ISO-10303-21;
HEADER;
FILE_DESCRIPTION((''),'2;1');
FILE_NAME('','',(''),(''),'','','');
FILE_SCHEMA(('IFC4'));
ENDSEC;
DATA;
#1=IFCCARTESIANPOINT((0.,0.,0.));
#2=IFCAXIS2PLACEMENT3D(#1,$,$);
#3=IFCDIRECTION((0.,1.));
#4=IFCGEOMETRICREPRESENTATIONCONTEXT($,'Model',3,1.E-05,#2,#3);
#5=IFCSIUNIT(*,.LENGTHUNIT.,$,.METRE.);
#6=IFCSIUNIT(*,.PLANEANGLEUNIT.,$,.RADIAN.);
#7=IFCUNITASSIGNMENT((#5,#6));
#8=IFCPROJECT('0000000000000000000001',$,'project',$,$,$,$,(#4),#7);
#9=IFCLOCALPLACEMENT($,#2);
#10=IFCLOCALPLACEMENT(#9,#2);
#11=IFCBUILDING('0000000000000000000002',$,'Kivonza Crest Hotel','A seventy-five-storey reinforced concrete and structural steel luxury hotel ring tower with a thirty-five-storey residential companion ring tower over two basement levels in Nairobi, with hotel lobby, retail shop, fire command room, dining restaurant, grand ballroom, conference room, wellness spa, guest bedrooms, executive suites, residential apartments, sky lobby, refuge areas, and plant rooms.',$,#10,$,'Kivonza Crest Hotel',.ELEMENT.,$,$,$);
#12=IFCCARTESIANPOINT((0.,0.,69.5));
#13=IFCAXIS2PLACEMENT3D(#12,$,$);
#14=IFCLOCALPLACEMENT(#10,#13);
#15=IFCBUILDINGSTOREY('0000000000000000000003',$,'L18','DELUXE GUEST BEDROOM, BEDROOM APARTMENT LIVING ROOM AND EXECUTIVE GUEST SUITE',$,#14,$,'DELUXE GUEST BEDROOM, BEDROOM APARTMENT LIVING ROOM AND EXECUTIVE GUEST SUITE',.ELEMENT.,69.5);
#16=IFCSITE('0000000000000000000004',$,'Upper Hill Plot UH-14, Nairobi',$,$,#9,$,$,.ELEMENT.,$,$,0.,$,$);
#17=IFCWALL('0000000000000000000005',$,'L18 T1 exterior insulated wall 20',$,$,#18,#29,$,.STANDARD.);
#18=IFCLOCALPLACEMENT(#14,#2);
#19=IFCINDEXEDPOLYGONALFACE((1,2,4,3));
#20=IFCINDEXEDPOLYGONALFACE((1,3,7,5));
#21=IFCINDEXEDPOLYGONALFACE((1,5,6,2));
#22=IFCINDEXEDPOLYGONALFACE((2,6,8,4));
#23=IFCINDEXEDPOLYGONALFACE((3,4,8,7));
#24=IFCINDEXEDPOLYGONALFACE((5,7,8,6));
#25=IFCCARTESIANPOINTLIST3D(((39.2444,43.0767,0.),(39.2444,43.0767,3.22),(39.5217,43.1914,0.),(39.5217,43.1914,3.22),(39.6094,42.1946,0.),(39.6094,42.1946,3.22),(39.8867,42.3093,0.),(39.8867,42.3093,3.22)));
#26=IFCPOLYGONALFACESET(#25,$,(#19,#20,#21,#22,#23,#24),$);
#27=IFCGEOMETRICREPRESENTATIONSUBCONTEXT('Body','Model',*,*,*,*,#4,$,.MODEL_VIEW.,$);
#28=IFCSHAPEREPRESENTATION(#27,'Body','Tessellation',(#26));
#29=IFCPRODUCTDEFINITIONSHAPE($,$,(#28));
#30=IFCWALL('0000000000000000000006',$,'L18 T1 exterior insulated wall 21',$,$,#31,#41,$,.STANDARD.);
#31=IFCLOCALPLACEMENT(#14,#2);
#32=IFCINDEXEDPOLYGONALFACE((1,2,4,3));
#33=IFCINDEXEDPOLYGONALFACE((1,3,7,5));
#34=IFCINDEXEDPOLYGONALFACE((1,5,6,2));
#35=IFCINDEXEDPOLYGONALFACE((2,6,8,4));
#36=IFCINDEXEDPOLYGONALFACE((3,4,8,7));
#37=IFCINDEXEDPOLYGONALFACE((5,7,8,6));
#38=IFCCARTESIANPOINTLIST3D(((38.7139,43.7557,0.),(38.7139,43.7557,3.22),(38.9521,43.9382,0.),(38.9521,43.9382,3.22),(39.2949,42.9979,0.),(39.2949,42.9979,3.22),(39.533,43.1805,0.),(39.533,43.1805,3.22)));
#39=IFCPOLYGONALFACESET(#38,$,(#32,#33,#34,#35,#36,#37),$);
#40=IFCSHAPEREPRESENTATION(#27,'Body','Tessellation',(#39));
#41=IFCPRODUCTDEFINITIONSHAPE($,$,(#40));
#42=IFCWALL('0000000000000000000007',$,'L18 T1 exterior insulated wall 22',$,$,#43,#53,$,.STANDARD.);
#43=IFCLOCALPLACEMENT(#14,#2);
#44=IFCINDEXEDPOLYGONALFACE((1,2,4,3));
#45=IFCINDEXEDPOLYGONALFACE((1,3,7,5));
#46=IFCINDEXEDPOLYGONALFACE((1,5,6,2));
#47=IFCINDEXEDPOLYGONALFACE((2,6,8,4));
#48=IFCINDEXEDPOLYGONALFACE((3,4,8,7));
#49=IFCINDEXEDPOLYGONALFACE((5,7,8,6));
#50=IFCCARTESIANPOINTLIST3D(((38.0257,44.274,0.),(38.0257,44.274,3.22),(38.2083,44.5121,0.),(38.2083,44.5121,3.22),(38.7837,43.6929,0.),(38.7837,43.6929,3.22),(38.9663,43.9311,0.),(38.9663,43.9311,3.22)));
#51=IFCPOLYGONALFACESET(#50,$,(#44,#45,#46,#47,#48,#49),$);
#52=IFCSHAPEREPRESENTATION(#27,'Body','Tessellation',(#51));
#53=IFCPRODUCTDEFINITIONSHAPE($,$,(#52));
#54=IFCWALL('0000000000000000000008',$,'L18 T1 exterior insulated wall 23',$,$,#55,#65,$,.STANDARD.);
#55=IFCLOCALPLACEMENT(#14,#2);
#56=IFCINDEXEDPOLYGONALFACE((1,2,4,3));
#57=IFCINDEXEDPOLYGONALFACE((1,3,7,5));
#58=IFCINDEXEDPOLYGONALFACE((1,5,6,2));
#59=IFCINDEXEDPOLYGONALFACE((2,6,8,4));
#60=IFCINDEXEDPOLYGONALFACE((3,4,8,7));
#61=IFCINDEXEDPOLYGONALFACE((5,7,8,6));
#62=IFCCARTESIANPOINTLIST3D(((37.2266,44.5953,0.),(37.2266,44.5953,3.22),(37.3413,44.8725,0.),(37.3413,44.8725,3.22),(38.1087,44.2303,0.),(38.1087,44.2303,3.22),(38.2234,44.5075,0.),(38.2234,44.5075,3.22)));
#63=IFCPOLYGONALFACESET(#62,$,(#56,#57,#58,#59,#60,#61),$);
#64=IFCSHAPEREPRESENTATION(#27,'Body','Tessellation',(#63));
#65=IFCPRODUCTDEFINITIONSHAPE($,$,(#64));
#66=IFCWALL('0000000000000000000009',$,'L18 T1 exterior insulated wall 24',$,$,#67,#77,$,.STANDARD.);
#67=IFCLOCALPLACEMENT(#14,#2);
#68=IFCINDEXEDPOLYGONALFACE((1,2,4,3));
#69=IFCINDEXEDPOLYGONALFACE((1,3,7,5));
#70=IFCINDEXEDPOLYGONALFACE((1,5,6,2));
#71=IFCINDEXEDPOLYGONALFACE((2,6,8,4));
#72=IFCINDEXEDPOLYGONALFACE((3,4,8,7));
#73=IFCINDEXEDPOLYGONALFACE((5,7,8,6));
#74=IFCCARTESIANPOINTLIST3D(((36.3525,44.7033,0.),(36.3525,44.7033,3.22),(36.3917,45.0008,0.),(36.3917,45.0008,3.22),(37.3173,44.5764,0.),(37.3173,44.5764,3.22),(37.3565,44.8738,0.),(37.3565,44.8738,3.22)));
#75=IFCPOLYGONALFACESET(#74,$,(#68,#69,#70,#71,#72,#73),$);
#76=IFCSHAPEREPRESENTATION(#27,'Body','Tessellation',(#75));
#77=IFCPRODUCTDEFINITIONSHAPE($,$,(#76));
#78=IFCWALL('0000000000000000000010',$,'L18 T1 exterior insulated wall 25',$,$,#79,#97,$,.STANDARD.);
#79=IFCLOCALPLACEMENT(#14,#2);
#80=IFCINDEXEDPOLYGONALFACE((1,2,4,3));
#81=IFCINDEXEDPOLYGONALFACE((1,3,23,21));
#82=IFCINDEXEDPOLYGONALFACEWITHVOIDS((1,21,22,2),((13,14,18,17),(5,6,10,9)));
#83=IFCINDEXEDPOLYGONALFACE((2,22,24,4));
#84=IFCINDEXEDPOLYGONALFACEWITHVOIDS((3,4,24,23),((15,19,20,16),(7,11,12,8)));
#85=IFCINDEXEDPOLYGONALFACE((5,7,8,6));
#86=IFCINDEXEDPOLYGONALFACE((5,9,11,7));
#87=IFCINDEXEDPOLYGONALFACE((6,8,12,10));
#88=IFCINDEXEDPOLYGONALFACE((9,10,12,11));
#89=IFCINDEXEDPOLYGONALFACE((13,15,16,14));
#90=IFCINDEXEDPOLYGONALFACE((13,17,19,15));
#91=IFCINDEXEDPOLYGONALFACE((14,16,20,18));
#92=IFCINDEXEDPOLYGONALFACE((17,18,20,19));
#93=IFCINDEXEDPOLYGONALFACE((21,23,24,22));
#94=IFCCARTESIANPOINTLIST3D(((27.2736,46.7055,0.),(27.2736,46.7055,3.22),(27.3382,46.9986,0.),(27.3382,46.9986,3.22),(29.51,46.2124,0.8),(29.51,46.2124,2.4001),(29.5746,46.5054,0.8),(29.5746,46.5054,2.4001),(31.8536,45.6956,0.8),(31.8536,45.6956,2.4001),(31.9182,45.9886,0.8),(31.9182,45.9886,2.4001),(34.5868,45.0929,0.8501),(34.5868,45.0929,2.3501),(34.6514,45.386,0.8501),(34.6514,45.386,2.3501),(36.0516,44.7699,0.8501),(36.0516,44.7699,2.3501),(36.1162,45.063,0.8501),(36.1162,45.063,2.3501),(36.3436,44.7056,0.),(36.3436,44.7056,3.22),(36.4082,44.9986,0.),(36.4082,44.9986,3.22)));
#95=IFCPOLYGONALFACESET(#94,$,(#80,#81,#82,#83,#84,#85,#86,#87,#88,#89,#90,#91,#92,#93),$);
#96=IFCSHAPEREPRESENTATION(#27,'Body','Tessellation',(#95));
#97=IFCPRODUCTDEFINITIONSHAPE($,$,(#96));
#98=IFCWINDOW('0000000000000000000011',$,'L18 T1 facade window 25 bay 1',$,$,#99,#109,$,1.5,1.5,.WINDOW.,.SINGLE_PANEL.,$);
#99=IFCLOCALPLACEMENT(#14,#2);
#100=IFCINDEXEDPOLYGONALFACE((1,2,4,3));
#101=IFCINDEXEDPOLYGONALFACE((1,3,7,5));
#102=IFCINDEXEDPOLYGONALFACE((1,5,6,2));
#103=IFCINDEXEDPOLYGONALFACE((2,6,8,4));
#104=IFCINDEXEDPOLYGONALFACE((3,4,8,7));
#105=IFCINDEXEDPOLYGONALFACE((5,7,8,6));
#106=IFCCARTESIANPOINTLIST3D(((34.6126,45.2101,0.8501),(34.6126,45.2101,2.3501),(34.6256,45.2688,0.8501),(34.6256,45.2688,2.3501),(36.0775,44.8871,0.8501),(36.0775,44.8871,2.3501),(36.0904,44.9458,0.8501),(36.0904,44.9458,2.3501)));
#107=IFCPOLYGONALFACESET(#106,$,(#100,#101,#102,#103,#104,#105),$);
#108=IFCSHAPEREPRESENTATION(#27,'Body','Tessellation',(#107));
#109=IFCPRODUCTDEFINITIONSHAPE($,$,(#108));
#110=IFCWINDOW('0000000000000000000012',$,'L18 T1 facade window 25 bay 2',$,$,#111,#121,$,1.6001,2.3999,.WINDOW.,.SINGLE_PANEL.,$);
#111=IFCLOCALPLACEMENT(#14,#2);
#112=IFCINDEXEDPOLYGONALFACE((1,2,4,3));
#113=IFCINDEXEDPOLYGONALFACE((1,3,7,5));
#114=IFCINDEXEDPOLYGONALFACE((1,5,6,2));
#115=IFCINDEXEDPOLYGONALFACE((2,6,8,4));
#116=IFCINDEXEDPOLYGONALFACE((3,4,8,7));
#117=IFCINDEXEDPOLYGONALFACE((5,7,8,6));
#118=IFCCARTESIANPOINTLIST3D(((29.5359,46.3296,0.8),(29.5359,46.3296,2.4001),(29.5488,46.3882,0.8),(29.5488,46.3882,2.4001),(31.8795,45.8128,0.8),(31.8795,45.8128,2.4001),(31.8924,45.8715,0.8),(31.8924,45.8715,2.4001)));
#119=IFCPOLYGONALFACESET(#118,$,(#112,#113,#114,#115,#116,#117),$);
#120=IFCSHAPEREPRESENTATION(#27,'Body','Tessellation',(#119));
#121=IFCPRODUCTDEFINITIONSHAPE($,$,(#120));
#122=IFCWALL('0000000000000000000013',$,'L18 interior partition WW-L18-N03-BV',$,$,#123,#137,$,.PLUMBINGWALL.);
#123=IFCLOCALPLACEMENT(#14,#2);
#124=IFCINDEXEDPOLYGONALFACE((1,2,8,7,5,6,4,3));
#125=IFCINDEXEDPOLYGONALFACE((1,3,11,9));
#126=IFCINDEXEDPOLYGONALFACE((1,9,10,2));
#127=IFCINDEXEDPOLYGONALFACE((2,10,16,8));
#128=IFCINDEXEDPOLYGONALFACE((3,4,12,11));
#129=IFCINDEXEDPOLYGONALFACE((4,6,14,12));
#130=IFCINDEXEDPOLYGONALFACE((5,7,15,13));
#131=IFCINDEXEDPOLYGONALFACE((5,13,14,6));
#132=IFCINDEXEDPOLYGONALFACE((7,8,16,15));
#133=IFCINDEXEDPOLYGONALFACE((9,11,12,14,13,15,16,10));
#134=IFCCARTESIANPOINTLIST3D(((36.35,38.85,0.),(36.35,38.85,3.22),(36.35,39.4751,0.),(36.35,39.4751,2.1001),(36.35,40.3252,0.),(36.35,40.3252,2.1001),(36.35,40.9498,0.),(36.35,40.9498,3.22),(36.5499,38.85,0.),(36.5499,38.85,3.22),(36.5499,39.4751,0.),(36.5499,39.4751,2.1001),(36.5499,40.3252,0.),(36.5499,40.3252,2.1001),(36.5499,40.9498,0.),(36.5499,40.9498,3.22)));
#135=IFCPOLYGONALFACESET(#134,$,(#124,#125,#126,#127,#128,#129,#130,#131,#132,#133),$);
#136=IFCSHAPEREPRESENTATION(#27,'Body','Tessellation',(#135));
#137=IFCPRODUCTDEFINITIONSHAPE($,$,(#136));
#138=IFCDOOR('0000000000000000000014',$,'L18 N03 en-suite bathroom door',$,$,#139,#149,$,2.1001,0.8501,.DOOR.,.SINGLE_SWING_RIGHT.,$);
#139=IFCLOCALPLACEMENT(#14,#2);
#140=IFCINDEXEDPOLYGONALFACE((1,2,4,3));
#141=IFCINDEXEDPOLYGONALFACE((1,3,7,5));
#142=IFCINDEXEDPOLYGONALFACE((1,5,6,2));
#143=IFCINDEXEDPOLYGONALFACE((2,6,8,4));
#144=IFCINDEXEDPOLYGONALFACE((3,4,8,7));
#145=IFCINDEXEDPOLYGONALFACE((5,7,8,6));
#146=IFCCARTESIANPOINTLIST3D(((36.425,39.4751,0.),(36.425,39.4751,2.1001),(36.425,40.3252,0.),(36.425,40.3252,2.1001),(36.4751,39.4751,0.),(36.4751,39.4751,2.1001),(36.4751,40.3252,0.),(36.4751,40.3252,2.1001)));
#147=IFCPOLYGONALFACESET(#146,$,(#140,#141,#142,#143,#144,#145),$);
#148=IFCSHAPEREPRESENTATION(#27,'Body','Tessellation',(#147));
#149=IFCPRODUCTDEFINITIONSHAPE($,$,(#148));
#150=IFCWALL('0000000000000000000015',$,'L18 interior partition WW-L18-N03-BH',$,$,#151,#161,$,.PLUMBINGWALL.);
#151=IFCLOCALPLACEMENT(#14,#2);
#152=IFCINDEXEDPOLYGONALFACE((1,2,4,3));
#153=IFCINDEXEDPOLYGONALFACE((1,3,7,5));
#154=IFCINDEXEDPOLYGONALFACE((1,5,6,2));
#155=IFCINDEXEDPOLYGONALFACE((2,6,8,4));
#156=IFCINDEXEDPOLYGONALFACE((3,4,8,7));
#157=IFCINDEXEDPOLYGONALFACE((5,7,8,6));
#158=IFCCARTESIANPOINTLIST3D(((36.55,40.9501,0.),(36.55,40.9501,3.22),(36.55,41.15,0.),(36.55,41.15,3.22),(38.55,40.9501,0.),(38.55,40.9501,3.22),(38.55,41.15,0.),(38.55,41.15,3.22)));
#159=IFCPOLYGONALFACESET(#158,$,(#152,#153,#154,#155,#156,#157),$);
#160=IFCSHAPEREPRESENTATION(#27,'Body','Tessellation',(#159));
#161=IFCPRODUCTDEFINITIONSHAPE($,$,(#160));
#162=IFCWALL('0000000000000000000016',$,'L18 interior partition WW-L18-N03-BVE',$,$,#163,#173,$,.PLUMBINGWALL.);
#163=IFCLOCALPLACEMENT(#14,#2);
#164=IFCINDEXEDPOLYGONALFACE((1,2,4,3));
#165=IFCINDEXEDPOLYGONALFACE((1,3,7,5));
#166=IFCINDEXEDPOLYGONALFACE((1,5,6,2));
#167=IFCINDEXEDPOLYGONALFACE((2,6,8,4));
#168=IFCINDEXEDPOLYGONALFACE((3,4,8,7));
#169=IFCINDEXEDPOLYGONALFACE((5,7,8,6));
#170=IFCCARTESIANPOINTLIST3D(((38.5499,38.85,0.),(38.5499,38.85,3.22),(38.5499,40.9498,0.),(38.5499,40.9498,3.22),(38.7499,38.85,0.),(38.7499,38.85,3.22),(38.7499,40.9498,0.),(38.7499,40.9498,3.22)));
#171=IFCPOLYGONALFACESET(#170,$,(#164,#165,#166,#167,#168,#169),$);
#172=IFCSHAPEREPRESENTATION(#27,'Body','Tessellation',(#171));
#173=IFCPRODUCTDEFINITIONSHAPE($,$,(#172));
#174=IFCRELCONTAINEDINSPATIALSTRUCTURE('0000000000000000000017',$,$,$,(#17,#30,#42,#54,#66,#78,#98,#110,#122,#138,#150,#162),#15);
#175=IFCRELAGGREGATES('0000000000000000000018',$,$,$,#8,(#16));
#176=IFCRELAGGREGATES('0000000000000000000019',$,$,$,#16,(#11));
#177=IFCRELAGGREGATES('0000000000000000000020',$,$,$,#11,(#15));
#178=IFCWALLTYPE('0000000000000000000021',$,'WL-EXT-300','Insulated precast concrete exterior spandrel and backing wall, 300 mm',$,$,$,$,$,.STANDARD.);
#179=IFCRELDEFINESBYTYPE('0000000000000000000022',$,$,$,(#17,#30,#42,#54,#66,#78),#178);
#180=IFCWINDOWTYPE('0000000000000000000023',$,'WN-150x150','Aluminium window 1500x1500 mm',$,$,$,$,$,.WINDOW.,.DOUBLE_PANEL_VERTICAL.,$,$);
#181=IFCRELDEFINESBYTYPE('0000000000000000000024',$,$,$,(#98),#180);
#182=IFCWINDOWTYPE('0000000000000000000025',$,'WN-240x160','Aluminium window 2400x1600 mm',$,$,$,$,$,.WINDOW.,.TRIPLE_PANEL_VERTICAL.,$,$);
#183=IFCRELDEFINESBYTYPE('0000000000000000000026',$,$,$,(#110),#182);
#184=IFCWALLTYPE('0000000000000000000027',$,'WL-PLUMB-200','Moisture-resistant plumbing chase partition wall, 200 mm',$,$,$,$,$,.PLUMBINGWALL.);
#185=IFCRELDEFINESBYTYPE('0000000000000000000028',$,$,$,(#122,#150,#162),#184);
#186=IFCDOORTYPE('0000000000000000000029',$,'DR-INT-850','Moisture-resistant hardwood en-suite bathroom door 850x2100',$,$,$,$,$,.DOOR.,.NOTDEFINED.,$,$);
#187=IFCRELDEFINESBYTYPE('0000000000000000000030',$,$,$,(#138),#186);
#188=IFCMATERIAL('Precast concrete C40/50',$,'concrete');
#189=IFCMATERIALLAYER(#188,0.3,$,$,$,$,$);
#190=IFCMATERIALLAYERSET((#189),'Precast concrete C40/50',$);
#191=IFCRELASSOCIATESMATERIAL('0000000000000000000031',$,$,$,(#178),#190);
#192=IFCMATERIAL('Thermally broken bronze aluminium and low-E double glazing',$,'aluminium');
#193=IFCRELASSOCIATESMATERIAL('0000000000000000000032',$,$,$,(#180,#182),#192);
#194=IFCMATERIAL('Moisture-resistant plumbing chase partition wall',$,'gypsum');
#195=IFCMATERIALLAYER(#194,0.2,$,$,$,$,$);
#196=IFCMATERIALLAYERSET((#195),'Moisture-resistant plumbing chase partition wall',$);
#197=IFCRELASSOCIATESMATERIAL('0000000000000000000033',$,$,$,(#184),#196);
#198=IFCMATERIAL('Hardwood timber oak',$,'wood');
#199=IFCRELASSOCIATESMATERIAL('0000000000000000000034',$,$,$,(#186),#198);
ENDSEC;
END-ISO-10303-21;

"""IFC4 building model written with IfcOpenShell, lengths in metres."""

from ifc_helpers import new_model, si_unit, direction, frame, frame_2d, origin, place, context, subcontext, project, spatial, rectangle, extrude, material, layer, layer_set, type_object, element, fill, save


model = new_model("IFC4")

# Units and contexts
model_context = context("Model", 3, precision=1e-05, world=origin(), true_north=direction((0.0, 1.0)))
body_context = subcontext(model_context, "Body", "Model", "MODEL_VIEW")
ifc_project = project(units=[si_unit("LENGTHUNIT", "METRE"), si_unit("PLANEANGLEUNIT", "RADIAN")], contexts=[model_context])

# Site, building, storey
site_placement = place(None, origin())
site = spatial("IfcSite", under=ifc_project, at=site_placement, Name="Upper Hill Plot UH-14, Nairobi", CompositionType="ELEMENT", RefElevation=0.0)
building_placement = place(site_placement, origin())
building = spatial("IfcBuilding", under=site, at=building_placement, Name="Kivonza Crest Hotel", Description="A seventy-five-storey reinforced concrete and structural steel luxury hotel ring tower with a thirty-five-storey residential companion ring tower over two basement levels in Nairobi, with hotel lobby, retail shop, fire command room, dining restaurant, grand ballroom, conference room, wellness spa, guest bedrooms, executive suites, residential apartments, sky lobby, refuge areas, and plant rooms.", LongName="Kivonza Crest Hotel", CompositionType="ELEMENT")
storey_placement = place(building_placement, frame((0.0, 0.0, 69.5)))
storey = spatial("IfcBuildingStorey", under=building, at=storey_placement, Name="L18", Description="DELUXE GUEST BEDROOM, BEDROOM APARTMENT LIVING ROOM AND EXECUTIVE GUEST SUITE", LongName="DELUXE GUEST BEDROOM, BEDROOM APARTMENT LIVING ROOM AND EXECUTIVE GUEST SUITE", CompositionType="ELEMENT", Elevation=69.5)

# Shared definitions
ifc_material_1 = material(Name="Hardwood timber oak", Category="wood")

# Walls
ifc_material_2 = material(Name="Precast concrete C40/50", Category="concrete")
ifc_layer_1 = layer(ifc_material_2, 0.3)
ifc_layer_set_1 = layer_set([ifc_layer_1], Name="Precast concrete C40/50")
wall_type_1 = type_object("IfcWallType", Name="WL-EXT-300", Description="Insulated precast concrete exterior spandrel and backing wall, 300 mm", PredefinedType="STANDARD", material=ifc_layer_set_1)
wall_1_placement = place(storey_placement, frame((39.748, 42.252, 0.0), z_axis=(0.0, 0.0, 1.0), x_axis=(-0.382344, 0.92402, 0.0)))
element("IfcWall", 1, at=wall_1_placement, inside=storey, type_object=wall_type_1, Name="L18 T1 exterior insulated wall 20", PredefinedType="STANDARD", context=body_context, shape_type="SweptSolid", body=[
    extrude(rectangle(XDim=0.9546, YDim=0.3, at=frame_2d((0.4773, 0.0))), origin(), (0.0, 0.0, 1.0), 3.22),
])
wall_2_placement = place(storey_placement, frame((39.4141, 43.0891, 0.0), z_axis=(0.0, 0.0, 1.0), x_axis=(-0.608474, 0.793573, 0.0)))
element("IfcWall", 2, at=wall_2_placement, inside=storey, type_object=wall_type_1, Name="L18 T1 exterior insulated wall 21", PredefinedType="STANDARD", context=body_context, shape_type="SweptSolid", body=[
    extrude(rectangle(XDim=0.9548, YDim=0.3, at=frame_2d((0.4775, 0.0))), origin(), (0.0, 0.0, 1.0), 3.22),
])
wall_3_placement = place(storey_placement, frame((38.875, 43.812, 0.0), z_axis=(0.0, 0.0, 1.0), x_axis=(-0.793668, 0.608351, 0.0)))
element("IfcWall", 3, at=wall_3_placement, inside=storey, type_object=wall_type_1, Name="L18 T1 exterior insulated wall 22", PredefinedType="STANDARD", context=body_context, shape_type="SweptSolid", body=[
    extrude(rectangle(XDim=0.9551, YDim=0.3, at=frame_2d((0.4775, 0.0))), origin(), (0.0, 0.0, 1.0), 3.22),
])
wall_4_placement = place(storey_placement, frame((38.166, 44.3689, 0.0), z_axis=(0.0, 0.0, 1.0), x_axis=(-0.92402, 0.382344, 0.0)))
element("IfcWall", 4, at=wall_4_placement, inside=storey, type_object=wall_type_1, Name="L18 T1 exterior insulated wall 23", PredefinedType="STANDARD", context=body_context, shape_type="SweptSolid", body=[
    extrude(rectangle(XDim=0.9546, YDim=0.3, at=frame_2d((0.4773, 0.0))), origin(), (0.0, 0.0, 1.0), 3.22),
])
wall_5_placement = place(storey_placement, frame((37.3369, 44.7251, 0.0), z_axis=(0.0, 0.0, 1.0), x_axis=(-0.991454, 0.130455, 0.0)))
element("IfcWall", 5, at=wall_5_placement, inside=storey, type_object=wall_type_1, Name="L18 T1 exterior insulated wall 24", PredefinedType="STANDARD", context=body_context, shape_type="SweptSolid", body=[
    extrude(rectangle(XDim=0.9731, YDim=0.3, at=frame_2d((0.4866, 0.0))), origin(), (0.0, 0.0, 1.0), 3.22),
])

# Wall, openings, windows
wall_6_placement = place(storey_placement, frame((36.376, 44.8521, 0.0), z_axis=(0.0, 0.0, 1.0), x_axis=(-0.976541, 0.215333, 0.0)))
wall_6 = element("IfcWall", 6, at=wall_6_placement, inside=storey, type_object=wall_type_1, Name="L18 T1 exterior insulated wall 25", PredefinedType="STANDARD", context=body_context, shape_type="SweptSolid", body=[
    extrude(rectangle(XDim=9.2878, YDim=0.3, at=frame_2d((4.644, 0.0))), origin(), (0.0, 0.0, 1.0), 3.22),
])
opening_1_placement = place(wall_6_placement, frame((0.2991, 0.0, 0.8501)))
opening_1 = element("IfcOpeningElement", 7, at=opening_1_placement, cuts=wall_6, PredefinedType="OPENING", context=body_context, shape_type="SweptSolid", body=[
    extrude(rectangle(XDim=1.5, YDim=1.5, at=frame_2d((0.75, 0.75))), frame((0.0, 0.1602, 0.0), z_axis=(0.0, -1.0, 0.0), x_axis=(1.0, 0.0, 0.0)), (0.0, 0.0, 1.0), 0.3201),
])
opening_2_placement = place(wall_6_placement, frame((4.5979, 0.0, 0.8)))
opening_2 = element("IfcOpeningElement", 8, at=opening_2_placement, cuts=wall_6, PredefinedType="OPENING", context=body_context, shape_type="SweptSolid", body=[
    extrude(rectangle(XDim=2.3999, YDim=1.6001, at=frame_2d((1.2, 0.8))), frame((0.0, 0.1602, 0.0), z_axis=(0.0, -1.0, 0.0), x_axis=(1.0, 0.0, 0.0)), (0.0, 0.0, 1.0), 0.3201),
])
ifc_material_3 = material(Name="Thermally broken bronze aluminium and low-E double glazing", Category="aluminium")
window_type_1 = type_object("IfcWindowType", Name="WN-150x150", Description="Aluminium window 1500x1500 mm", PartitioningType="DOUBLE_PANEL_VERTICAL", PredefinedType="WINDOW", material=ifc_material_3)
window_1_placement = place(opening_1_placement, origin())
window_1 = element("IfcWindow", 9, at=window_1_placement, inside=storey, type_object=window_type_1, Name="L18 T1 facade window 25 bay 1", OverallHeight=1.5, OverallWidth=1.5, PartitioningType="SINGLE_PANEL", PredefinedType="WINDOW", context=body_context, shape_type="SweptSolid", body=[
    extrude(rectangle(XDim=1.5, YDim=1.5, at=frame_2d((0.75, 0.75))), frame((0.0, 0.03, 0.0), z_axis=(0.0, -1.0, 0.0), x_axis=(1.0, 0.0, 0.0)), (0.0, 0.0, 1.0), 0.0601),
])
fill(opening_1, window_1)
window_type_2 = type_object("IfcWindowType", Name="WN-240x160", Description="Aluminium window 2400x1600 mm", PartitioningType="TRIPLE_PANEL_VERTICAL", PredefinedType="WINDOW", material=ifc_material_3)
window_2_placement = place(opening_2_placement, origin())
window_2 = element("IfcWindow", 10, at=window_2_placement, inside=storey, type_object=window_type_2, Name="L18 T1 facade window 25 bay 2", OverallHeight=1.6001, OverallWidth=2.3999, PartitioningType="SINGLE_PANEL", PredefinedType="WINDOW", context=body_context, shape_type="SweptSolid", body=[
    extrude(rectangle(XDim=2.3999, YDim=1.6001, at=frame_2d((1.2, 0.8))), frame((0.0, 0.03, 0.0), z_axis=(0.0, -1.0, 0.0), x_axis=(1.0, 0.0, 0.0)), (0.0, 0.0, 1.0), 0.0601),
])
fill(opening_2, window_2)

# Wall, opening, door
ifc_material_4 = material(Name="Moisture-resistant plumbing chase partition wall", Category="gypsum")
ifc_layer_2 = layer(ifc_material_4, 0.2)
ifc_layer_set_2 = layer_set([ifc_layer_2], Name="Moisture-resistant plumbing chase partition wall")
wall_type_2 = type_object("IfcWallType", Name="WL-PLUMB-200", Description="Moisture-resistant plumbing chase partition wall, 200 mm", PredefinedType="PLUMBINGWALL", material=ifc_layer_set_2)
wall_7_placement = place(storey_placement, frame((36.45, 38.8501, 0.0), z_axis=(0.0, 0.0, 1.0), x_axis=(0.0, 1.0, 0.0)))
wall_7 = element("IfcWall", 11, at=wall_7_placement, inside=storey, type_object=wall_type_2, Name="L18 interior partition WW-L18-N03-BV", PredefinedType="PLUMBINGWALL", context=body_context, shape_type="SweptSolid", body=[
    extrude(rectangle(XDim=2.0999, YDim=0.2, at=frame_2d((1.0498, 0.0))), origin(), (0.0, 0.0, 1.0), 3.22),
])
opening_3_placement = place(wall_7_placement, frame((0.625, 0.0, 0.0)))
opening_3 = element("IfcOpeningElement", 12, at=opening_3_placement, cuts=wall_7, PredefinedType="OPENING", context=body_context, shape_type="SweptSolid", body=[
    extrude(rectangle(XDim=0.8501, YDim=2.1001, at=frame_2d((0.425, 1.05))), frame((0.0, 0.1099, 0.0), z_axis=(0.0, -1.0, 0.0), x_axis=(1.0, 0.0, 0.0)), (0.0, 0.0, 1.0), 0.22),
])
door_type_1 = type_object("IfcDoorType", Name="DR-INT-850", Description="Moisture-resistant hardwood en-suite bathroom door 850x2100", OperationType="NOTDEFINED", PredefinedType="DOOR", material=ifc_material_1)
door_1_placement = place(opening_3_placement, origin())
door_1 = element("IfcDoor", 13, at=door_1_placement, inside=storey, type_object=door_type_1, Name="L18 N03 en-suite bathroom door", OperationType="SINGLE_SWING_RIGHT", OverallHeight=2.1001, OverallWidth=0.8501, PredefinedType="DOOR", context=body_context, shape_type="SweptSolid", body=[
    extrude(rectangle(XDim=0.8501, YDim=2.1001, at=frame_2d((0.425, 1.05))), frame((0.0, 0.0249, 0.0), z_axis=(0.0, -1.0, 0.0), x_axis=(1.0, 0.0, 0.0)), (0.0, 0.0, 1.0), 0.05),
])
fill(opening_3, door_1)

# Walls
wall_8_placement = place(storey_placement, frame((36.55, 41.05, 0.0), z_axis=(0.0, 0.0, 1.0), x_axis=(1.0, 0.0, 0.0)))
element("IfcWall", 14, at=wall_8_placement, inside=storey, type_object=wall_type_2, Name="L18 interior partition WW-L18-N03-BH", PredefinedType="PLUMBINGWALL", context=body_context, shape_type="SweptSolid", body=[
    extrude(rectangle(XDim=2.0, YDim=0.2, at=frame_2d((1.0, 0.0))), origin(), (0.0, 0.0, 1.0), 3.22),
])
wall_9_placement = place(storey_placement, frame((38.6499, 38.8501, 0.0), z_axis=(0.0, 0.0, 1.0), x_axis=(0.0, 1.0, 0.0)))
element("IfcWall", 15, at=wall_9_placement, inside=storey, type_object=wall_type_2, Name="L18 interior partition WW-L18-N03-BVE", PredefinedType="PLUMBINGWALL", context=body_context, shape_type="SweptSolid", body=[
    extrude(rectangle(XDim=2.0999, YDim=0.2, at=frame_2d((1.0498, 0.0))), origin(), (0.0, 0.0, 1.0), 3.22),
])

save(model, "model.ifc")
